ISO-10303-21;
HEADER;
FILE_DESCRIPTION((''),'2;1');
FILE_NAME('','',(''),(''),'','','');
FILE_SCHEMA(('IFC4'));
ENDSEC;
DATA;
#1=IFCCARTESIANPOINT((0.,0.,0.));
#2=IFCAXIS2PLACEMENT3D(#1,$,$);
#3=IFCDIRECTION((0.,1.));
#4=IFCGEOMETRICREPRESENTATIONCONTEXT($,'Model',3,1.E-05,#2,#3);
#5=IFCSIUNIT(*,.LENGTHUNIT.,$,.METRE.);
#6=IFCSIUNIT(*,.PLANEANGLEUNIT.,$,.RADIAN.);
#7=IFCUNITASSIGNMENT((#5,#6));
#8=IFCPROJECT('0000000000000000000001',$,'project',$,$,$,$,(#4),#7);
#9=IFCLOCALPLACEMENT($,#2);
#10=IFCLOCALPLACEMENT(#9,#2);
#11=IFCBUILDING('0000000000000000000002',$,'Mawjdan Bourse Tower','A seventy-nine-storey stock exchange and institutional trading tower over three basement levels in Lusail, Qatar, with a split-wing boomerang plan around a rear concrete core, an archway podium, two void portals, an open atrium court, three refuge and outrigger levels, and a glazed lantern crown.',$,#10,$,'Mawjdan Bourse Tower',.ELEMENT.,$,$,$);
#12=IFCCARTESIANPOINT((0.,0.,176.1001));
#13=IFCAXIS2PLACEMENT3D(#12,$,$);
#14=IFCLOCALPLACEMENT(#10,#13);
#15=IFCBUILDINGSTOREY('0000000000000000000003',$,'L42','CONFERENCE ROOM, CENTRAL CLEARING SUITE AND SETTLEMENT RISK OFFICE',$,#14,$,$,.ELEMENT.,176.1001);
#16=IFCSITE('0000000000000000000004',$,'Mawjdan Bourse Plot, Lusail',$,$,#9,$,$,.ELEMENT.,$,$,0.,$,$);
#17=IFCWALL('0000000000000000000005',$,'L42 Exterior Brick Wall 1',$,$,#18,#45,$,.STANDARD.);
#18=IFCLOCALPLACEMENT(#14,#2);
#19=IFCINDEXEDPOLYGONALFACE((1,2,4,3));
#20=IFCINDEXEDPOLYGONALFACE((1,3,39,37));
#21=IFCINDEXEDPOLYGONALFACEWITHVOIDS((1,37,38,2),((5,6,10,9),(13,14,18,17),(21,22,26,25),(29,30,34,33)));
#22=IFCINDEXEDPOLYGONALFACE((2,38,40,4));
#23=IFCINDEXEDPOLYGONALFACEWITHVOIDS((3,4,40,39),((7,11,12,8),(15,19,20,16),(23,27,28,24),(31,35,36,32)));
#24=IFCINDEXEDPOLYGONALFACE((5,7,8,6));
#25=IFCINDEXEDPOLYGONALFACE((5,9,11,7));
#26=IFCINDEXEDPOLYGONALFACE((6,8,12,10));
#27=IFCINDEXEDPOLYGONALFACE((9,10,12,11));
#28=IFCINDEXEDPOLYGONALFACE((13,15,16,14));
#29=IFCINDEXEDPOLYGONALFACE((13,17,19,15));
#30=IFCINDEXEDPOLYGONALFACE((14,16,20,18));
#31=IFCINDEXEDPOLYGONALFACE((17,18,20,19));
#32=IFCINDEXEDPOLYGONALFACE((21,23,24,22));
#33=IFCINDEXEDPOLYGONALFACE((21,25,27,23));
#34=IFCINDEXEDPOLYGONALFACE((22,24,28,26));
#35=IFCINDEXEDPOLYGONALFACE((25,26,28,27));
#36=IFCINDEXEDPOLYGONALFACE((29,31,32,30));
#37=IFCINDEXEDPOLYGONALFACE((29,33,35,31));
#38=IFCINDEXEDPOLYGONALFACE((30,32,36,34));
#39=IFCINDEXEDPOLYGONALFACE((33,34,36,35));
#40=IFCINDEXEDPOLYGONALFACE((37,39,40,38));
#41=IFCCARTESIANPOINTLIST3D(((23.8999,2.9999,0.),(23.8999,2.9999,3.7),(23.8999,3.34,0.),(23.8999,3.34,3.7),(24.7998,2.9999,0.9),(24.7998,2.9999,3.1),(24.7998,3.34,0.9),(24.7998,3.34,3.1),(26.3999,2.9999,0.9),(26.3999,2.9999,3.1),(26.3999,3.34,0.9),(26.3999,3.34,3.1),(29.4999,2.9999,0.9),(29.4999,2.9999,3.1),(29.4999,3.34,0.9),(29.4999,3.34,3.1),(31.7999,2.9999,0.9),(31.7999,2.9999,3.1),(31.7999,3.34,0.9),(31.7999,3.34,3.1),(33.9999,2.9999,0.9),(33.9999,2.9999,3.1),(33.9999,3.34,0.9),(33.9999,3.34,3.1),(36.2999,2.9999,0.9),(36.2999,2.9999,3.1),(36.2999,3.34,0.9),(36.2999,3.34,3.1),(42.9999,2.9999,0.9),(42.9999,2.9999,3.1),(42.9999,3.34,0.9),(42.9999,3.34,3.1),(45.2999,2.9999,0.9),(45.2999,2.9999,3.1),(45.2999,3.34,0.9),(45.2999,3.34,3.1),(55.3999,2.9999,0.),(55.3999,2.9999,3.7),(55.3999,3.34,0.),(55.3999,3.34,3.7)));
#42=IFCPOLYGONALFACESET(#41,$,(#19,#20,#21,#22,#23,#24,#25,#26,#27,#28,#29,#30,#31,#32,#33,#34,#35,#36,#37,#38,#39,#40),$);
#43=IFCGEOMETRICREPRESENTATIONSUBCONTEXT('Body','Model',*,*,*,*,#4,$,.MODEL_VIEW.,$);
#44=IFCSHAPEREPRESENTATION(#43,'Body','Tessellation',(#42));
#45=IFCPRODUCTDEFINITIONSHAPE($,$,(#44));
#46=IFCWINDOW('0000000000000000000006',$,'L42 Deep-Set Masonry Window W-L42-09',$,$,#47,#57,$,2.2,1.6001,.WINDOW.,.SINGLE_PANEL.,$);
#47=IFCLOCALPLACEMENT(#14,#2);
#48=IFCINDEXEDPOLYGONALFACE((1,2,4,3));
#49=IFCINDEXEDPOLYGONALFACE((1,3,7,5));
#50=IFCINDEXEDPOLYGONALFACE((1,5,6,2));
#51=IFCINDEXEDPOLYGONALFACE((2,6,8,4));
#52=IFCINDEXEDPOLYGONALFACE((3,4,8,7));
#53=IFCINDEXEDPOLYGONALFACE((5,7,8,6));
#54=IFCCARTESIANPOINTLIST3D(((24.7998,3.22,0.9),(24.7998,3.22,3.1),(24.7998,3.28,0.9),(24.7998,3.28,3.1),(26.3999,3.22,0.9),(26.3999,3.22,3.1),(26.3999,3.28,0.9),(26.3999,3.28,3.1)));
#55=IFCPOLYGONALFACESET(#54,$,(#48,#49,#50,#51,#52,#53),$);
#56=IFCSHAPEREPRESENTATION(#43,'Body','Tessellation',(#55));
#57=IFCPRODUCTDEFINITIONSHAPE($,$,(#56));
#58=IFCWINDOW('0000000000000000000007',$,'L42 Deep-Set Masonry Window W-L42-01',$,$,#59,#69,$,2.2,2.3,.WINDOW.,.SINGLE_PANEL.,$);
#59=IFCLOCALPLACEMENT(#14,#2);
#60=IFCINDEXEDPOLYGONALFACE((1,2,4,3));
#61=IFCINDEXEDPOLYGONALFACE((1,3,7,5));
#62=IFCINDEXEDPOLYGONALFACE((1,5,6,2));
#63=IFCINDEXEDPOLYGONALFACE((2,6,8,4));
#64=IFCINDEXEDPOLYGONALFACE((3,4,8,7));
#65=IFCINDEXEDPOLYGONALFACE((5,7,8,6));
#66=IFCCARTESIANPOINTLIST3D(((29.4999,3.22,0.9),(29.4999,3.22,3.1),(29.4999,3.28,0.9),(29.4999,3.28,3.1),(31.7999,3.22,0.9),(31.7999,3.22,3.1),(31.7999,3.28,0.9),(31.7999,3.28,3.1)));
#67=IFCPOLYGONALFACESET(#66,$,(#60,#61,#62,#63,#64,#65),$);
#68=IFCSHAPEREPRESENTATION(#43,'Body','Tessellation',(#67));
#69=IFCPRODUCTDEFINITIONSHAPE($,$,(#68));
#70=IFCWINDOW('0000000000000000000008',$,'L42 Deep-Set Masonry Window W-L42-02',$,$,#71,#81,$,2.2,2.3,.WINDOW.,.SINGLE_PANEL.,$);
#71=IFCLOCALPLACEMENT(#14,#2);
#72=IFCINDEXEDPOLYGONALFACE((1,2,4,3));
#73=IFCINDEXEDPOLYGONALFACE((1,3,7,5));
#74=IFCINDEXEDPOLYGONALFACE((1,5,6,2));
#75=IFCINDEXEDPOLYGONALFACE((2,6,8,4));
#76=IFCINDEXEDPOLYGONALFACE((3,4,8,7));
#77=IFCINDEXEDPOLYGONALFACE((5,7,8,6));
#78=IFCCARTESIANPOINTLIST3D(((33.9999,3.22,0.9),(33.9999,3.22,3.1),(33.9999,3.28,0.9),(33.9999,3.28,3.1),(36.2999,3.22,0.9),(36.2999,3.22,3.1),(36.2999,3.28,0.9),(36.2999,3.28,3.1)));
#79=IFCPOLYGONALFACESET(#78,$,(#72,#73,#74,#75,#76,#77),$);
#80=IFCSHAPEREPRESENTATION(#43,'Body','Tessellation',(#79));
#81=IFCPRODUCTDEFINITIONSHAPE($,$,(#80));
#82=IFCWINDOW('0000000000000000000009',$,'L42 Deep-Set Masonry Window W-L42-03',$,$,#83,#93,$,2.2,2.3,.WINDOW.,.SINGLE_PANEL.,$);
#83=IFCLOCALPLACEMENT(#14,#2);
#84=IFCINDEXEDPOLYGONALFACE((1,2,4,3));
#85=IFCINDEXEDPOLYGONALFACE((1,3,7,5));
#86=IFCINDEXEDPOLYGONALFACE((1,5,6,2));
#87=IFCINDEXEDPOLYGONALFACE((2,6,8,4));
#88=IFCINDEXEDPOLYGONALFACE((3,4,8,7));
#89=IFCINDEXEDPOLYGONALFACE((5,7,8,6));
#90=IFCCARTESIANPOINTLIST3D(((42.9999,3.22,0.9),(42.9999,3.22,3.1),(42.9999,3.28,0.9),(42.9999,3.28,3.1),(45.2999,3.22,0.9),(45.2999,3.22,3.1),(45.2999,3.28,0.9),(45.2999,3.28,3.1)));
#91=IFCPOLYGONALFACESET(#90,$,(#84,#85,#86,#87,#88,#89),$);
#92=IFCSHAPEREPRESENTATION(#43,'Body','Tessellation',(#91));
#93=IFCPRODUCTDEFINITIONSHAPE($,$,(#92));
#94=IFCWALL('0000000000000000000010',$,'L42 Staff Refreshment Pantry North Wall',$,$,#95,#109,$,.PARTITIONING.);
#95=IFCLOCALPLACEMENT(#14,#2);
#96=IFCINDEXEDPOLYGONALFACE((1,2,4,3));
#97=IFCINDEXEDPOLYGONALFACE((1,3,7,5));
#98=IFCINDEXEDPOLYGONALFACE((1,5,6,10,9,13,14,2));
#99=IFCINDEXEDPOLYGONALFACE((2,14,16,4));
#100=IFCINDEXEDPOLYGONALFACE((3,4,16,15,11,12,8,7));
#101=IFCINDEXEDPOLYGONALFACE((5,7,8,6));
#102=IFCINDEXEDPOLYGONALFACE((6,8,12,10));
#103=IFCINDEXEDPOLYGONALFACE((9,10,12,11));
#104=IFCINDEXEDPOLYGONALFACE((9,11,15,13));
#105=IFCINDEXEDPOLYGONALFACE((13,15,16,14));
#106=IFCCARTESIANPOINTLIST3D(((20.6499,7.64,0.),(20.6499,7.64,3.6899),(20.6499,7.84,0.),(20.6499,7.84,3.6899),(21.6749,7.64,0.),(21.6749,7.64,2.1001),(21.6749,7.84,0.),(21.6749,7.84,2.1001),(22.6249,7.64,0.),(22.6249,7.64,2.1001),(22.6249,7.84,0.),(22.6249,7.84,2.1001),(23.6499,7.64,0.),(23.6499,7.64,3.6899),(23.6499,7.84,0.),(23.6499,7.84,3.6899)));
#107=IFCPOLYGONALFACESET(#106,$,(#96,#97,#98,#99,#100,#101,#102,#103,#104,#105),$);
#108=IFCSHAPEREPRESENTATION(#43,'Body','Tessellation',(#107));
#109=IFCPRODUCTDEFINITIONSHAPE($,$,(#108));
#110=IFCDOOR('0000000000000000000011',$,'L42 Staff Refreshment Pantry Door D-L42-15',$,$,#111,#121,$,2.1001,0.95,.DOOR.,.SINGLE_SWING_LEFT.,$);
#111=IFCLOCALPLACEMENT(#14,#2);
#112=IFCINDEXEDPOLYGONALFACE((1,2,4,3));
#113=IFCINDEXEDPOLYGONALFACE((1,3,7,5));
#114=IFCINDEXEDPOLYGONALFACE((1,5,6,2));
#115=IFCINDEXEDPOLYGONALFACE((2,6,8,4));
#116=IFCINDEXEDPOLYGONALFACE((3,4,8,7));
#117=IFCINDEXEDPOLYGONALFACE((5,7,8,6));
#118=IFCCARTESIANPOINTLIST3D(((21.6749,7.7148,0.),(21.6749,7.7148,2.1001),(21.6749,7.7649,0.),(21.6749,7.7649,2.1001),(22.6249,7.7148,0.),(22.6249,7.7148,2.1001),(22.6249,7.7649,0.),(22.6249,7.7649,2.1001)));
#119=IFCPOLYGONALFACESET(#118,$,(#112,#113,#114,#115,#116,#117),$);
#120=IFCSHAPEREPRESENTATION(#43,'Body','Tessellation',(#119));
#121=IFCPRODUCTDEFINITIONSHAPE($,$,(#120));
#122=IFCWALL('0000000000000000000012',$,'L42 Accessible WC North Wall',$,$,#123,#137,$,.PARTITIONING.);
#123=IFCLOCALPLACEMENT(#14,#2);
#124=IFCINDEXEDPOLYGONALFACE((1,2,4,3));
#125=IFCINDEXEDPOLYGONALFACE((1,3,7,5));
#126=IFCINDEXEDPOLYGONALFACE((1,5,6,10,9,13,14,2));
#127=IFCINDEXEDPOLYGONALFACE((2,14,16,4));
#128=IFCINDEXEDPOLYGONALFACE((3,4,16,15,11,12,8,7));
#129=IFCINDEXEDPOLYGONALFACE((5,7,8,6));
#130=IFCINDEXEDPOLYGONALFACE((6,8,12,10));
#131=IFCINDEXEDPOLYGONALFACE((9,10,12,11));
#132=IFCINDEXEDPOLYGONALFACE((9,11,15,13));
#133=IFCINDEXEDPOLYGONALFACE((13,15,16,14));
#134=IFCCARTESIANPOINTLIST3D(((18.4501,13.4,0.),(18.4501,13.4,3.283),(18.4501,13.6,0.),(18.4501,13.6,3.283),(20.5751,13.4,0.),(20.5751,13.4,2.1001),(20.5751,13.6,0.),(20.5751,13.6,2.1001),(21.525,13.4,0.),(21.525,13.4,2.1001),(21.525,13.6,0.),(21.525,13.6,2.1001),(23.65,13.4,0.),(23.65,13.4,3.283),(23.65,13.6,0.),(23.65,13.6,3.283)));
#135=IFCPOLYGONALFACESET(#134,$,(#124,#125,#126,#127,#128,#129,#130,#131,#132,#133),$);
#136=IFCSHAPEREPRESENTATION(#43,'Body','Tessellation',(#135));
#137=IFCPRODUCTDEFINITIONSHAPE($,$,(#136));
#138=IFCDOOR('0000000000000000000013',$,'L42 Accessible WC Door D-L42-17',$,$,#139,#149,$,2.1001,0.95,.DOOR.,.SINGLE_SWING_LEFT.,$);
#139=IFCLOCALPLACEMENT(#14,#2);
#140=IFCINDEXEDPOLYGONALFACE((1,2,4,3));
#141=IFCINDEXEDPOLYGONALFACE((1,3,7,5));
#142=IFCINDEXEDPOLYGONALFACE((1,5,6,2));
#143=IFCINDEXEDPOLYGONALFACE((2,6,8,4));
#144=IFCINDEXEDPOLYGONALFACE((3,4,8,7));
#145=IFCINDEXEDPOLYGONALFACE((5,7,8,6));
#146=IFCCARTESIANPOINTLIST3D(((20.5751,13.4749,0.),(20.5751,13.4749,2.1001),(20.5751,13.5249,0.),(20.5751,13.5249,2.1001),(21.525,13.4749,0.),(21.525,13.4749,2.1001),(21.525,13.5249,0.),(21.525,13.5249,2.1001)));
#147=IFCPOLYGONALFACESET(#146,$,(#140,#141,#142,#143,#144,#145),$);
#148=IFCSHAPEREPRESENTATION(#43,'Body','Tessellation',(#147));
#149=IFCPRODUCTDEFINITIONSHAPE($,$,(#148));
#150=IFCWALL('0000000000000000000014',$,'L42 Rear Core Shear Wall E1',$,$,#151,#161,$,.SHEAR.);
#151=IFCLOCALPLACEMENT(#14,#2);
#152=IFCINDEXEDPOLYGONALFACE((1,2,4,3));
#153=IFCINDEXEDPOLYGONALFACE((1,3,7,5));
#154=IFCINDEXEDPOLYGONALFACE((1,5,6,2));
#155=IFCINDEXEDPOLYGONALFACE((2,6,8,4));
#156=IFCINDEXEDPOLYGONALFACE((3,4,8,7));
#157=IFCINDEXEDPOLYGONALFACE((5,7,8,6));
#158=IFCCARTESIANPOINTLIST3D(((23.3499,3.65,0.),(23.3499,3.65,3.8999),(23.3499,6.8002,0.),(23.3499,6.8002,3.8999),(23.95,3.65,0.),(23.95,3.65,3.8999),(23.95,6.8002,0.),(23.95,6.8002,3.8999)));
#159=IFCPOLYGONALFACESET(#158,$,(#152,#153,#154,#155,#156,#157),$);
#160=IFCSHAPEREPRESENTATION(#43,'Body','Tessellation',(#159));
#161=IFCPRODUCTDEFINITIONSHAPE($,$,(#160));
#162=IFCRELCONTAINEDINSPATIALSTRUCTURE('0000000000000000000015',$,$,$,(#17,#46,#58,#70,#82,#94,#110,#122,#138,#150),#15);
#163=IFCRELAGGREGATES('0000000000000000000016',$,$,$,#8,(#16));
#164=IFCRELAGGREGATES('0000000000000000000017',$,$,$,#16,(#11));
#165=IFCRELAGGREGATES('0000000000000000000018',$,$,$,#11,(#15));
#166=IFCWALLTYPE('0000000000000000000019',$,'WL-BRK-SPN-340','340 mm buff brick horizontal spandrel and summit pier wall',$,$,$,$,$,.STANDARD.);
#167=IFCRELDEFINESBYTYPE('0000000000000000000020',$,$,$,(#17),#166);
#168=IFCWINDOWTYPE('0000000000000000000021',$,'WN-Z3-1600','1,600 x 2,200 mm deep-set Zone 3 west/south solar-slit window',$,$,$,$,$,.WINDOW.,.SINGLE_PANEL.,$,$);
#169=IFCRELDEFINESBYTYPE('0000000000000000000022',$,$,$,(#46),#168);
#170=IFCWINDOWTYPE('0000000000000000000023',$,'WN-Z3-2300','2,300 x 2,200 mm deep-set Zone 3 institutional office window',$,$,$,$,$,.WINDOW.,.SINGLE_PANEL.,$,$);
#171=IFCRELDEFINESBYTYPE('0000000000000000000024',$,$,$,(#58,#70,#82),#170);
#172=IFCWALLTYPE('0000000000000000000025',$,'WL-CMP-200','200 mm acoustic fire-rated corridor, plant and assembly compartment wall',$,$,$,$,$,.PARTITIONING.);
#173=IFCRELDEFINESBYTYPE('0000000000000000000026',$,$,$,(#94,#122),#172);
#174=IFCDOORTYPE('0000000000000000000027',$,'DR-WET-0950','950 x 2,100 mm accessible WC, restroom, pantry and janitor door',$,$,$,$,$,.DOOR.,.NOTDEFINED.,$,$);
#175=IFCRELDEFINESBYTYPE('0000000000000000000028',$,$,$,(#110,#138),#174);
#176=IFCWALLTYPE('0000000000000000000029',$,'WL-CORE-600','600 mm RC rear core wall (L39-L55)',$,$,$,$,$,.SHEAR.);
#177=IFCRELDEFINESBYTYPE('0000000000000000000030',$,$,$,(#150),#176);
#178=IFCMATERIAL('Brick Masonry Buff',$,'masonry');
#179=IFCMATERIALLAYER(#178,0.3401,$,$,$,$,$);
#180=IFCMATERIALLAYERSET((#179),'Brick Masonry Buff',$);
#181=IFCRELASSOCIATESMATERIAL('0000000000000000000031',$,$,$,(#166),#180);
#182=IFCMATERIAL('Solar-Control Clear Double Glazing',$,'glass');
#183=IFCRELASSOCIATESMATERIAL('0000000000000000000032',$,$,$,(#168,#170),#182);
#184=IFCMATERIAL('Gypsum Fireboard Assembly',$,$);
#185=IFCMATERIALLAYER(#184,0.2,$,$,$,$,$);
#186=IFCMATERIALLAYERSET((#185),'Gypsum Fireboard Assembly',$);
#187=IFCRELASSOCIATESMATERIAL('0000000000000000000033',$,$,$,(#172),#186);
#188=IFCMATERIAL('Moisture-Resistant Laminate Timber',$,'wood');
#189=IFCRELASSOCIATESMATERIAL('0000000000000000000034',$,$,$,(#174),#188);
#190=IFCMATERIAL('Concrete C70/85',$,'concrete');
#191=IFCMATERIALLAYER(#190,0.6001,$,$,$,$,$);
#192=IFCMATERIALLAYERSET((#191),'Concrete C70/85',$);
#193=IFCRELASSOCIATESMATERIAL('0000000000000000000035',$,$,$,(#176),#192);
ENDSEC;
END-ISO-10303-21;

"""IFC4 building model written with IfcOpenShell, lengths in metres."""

from ifc_helpers import new_model, si_unit, direction, frame, frame_2d, origin, place, context, subcontext, project, spatial, rectangle, extrude, material, layer, layer_set, type_object, element, fill, save


model = new_model("IFC4")

# Units and contexts
model_context = context("Model", 3, precision=1e-05, world=origin(), true_north=direction((0.0, 1.0)))
body_context = subcontext(model_context, "Body", "Model", "MODEL_VIEW")
ifc_project = project(units=[si_unit("LENGTHUNIT", "METRE"), si_unit("PLANEANGLEUNIT", "RADIAN")], contexts=[model_context])

# Site, building, storey
site_placement = place(None, origin())
site = spatial("IfcSite", under=ifc_project, at=site_placement, Name="Mawjdan Bourse Plot, Lusail", CompositionType="ELEMENT", RefElevation=0.0)
building_placement = place(site_placement, origin())
building = spatial("IfcBuilding", under=site, at=building_placement, Name="Mawjdan Bourse Tower", Description="A seventy-nine-storey stock exchange and institutional trading tower over three basement levels in Lusail, Qatar, with a split-wing boomerang plan around a rear concrete core, an archway podium, two void portals, an open atrium court, three refuge and outrigger levels, and a glazed lantern crown.", LongName="Mawjdan Bourse Tower", CompositionType="ELEMENT")
storey_placement = place(building_placement, frame((0.0, 0.0, 176.1001)))
storey = spatial("IfcBuildingStorey", under=building, at=storey_placement, Name="L42", Description="CONFERENCE ROOM, CENTRAL CLEARING SUITE AND SETTLEMENT RISK OFFICE", CompositionType="ELEMENT", Elevation=176.1001)

# Shared definitions
ifc_material_1 = material(Name="Concrete C70/85", Category="concrete")

# Wall, openings, windows
ifc_material_2 = material(Name="Brick Masonry Buff", Category="masonry")
ifc_layer_1 = layer(ifc_material_2, 0.3401)
ifc_layer_set_1 = layer_set([ifc_layer_1], Name="Brick Masonry Buff")
wall_type_1 = type_object("IfcWallType", Name="WL-BRK-SPN-340", Description="340 mm buff brick horizontal spandrel and summit pier wall", PredefinedType="STANDARD", material=ifc_layer_set_1)
wall_1_placement = place(storey_placement, frame((23.8999, 3.1699, 0.0), z_axis=(0.0, 0.0, 1.0), x_axis=(1.0, 0.0, 0.0)))
wall_1 = element("IfcWall", 1, at=wall_1_placement, inside=storey, type_object=wall_type_1, Name="L42 Exterior Brick Wall 1", PredefinedType="STANDARD", context=body_context, shape_type="SweptSolid", body=[
    extrude(rectangle(XDim=31.5, YDim=0.3401, at=frame_2d((15.75, 0.0))), origin(), (0.0, 0.0, 1.0), 3.7),
])
opening_1_placement = place(wall_1_placement, frame((5.6001, 0.0, 0.8999)))
opening_1 = element("IfcOpeningElement", 2, at=opening_1_placement, cuts=wall_1, PredefinedType="OPENING", context=body_context, shape_type="SweptSolid", body=[
    extrude(rectangle(XDim=2.3, YDim=2.2, at=frame_2d((1.1499, 1.1001))), frame((0.0, 0.1802, 0.0), z_axis=(0.0, -1.0, 0.0), x_axis=(1.0, 0.0, 0.0)), (0.0, 0.0, 1.0), 0.3601),
])
opening_2_placement = place(wall_1_placement, frame((10.1001, 0.0, 0.8999)))
opening_2 = element("IfcOpeningElement", 3, at=opening_2_placement, cuts=wall_1, PredefinedType="OPENING", context=body_context, shape_type="SweptSolid", body=[
    extrude(rectangle(XDim=2.3, YDim=2.2, at=frame_2d((1.1499, 1.1001))), frame((0.0, 0.1802, 0.0), z_axis=(0.0, -1.0, 0.0), x_axis=(1.0, 0.0, 0.0)), (0.0, 0.0, 1.0), 0.3601),
])
opening_3_placement = place(wall_1_placement, frame((19.1001, 0.0, 0.8999)))
opening_3 = element("IfcOpeningElement", 4, at=opening_3_placement, cuts=wall_1, PredefinedType="OPENING", context=body_context, shape_type="SweptSolid", body=[
    extrude(rectangle(XDim=2.3, YDim=2.2, at=frame_2d((1.1499, 1.1001))), frame((0.0, 0.1802, 0.0), z_axis=(0.0, -1.0, 0.0), x_axis=(1.0, 0.0, 0.0)), (0.0, 0.0, 1.0), 0.3601),
])
opening_4_placement = place(wall_1_placement, frame((0.8999, 0.0, 0.8999)))
opening_4 = element("IfcOpeningElement", 5, at=opening_4_placement, cuts=wall_1, PredefinedType="OPENING", context=body_context, shape_type="SweptSolid", body=[
    extrude(rectangle(XDim=1.6001, YDim=2.2, at=frame_2d((0.8, 1.1001))), frame((0.0, 0.1802, 0.0), z_axis=(0.0, -1.0, 0.0), x_axis=(1.0, 0.0, 0.0)), (0.0, 0.0, 1.0), 0.3601),
])
ifc_material_3 = material(Name="Solar-Control Clear Double Glazing", Category="glass")
window_type_1 = type_object("IfcWindowType", Name="WN-Z3-1600", Description="1,600 x 2,200 mm deep-set Zone 3 west/south solar-slit window", PartitioningType="SINGLE_PANEL", PredefinedType="WINDOW", material=ifc_material_3)
window_1_placement = place(opening_4_placement, origin())
window_1 = element("IfcWindow", 6, at=window_1_placement, inside=storey, type_object=window_type_1, Name="L42 Deep-Set Masonry Window W-L42-09", OverallHeight=2.2, OverallWidth=1.6001, PartitioningType="SINGLE_PANEL", PredefinedType="WINDOW", context=body_context, shape_type="SweptSolid", body=[
    extrude(rectangle(XDim=1.6001, YDim=2.2, at=frame_2d((0.8, 1.1001))), frame((0.0, 0.1101, 0.0), z_axis=(0.0, -1.0, 0.0), x_axis=(1.0, 0.0, 0.0)), (0.0, 0.0, 1.0), 0.0601),
])
fill(opening_4, window_1)
window_type_2 = type_object("IfcWindowType", Name="WN-Z3-2300", Description="2,300 x 2,200 mm deep-set Zone 3 institutional office window", PartitioningType="SINGLE_PANEL", PredefinedType="WINDOW", material=ifc_material_3)
window_2_placement = place(opening_1_placement, origin())
window_2 = element("IfcWindow", 7, at=window_2_placement, inside=storey, type_object=window_type_2, Name="L42 Deep-Set Masonry Window W-L42-01", OverallHeight=2.2, OverallWidth=2.3, PartitioningType="SINGLE_PANEL", PredefinedType="WINDOW", context=body_context, shape_type="SweptSolid", body=[
    extrude(rectangle(XDim=2.3, YDim=2.2, at=frame_2d((1.1499, 1.1001))), frame((0.0, 0.1101, 0.0), z_axis=(0.0, -1.0, 0.0), x_axis=(1.0, 0.0, 0.0)), (0.0, 0.0, 1.0), 0.0601),
])
fill(opening_1, window_2)
window_3_placement = place(opening_2_placement, origin())
window_3 = element("IfcWindow", 8, at=window_3_placement, inside=storey, type_object=window_type_2, Name="L42 Deep-Set Masonry Window W-L42-02", OverallHeight=2.2, OverallWidth=2.3, PartitioningType="SINGLE_PANEL", PredefinedType="WINDOW", context=body_context, shape_type="SweptSolid", body=[
    extrude(rectangle(XDim=2.3, YDim=2.2, at=frame_2d((1.1499, 1.1001))), frame((0.0, 0.1101, 0.0), z_axis=(0.0, -1.0, 0.0), x_axis=(1.0, 0.0, 0.0)), (0.0, 0.0, 1.0), 0.0601),
])
fill(opening_2, window_3)
window_4_placement = place(opening_3_placement, origin())
window_4 = element("IfcWindow", 9, at=window_4_placement, inside=storey, type_object=window_type_2, Name="L42 Deep-Set Masonry Window W-L42-03", OverallHeight=2.2, OverallWidth=2.3, PartitioningType="SINGLE_PANEL", PredefinedType="WINDOW", context=body_context, shape_type="SweptSolid", body=[
    extrude(rectangle(XDim=2.3, YDim=2.2, at=frame_2d((1.1499, 1.1001))), frame((0.0, 0.1101, 0.0), z_axis=(0.0, -1.0, 0.0), x_axis=(1.0, 0.0, 0.0)), (0.0, 0.0, 1.0), 0.0601),
])
fill(opening_3, window_4)

# Walls, openings, doors
ifc_material_4 = material(Name="Gypsum Fireboard Assembly")
ifc_layer_2 = layer(ifc_material_4, 0.2)
ifc_layer_set_2 = layer_set([ifc_layer_2], Name="Gypsum Fireboard Assembly")
wall_type_2 = type_object("IfcWallType", Name="WL-CMP-200", Description="200 mm acoustic fire-rated corridor, plant and assembly compartment wall", PredefinedType="PARTITIONING", material=ifc_layer_set_2)
wall_2_placement = place(storey_placement, frame((20.6499, 7.74, 0.0), z_axis=(0.0, 0.0, 1.0), x_axis=(1.0, 0.0, 0.0)))
wall_2 = element("IfcWall", 10, at=wall_2_placement, inside=storey, type_object=wall_type_2, Name="L42 Staff Refreshment Pantry North Wall", PredefinedType="PARTITIONING", context=body_context, shape_type="SweptSolid", body=[
    extrude(rectangle(XDim=3.0, YDim=0.2, at=frame_2d((1.5, 0.0))), origin(), (0.0, 0.0, 1.0), 3.6899),
])
opening_5_placement = place(wall_2_placement, frame((1.0249, 0.0, 0.0)))
opening_5 = element("IfcOpeningElement", 11, at=opening_5_placement, cuts=wall_2, PredefinedType="OPENING", context=body_context, shape_type="SweptSolid", body=[
    extrude(rectangle(XDim=0.95, YDim=2.1001, at=frame_2d((0.4751, 1.05))), frame((0.0, 0.1099, 0.0), z_axis=(0.0, -1.0, 0.0), x_axis=(1.0, 0.0, 0.0)), (0.0, 0.0, 1.0), 0.22),
])
ifc_material_5 = material(Name="Moisture-Resistant Laminate Timber", Category="wood")
door_type_1 = type_object("IfcDoorType", Name="DR-WET-0950", Description="950 x 2,100 mm accessible WC, restroom, pantry and janitor door", OperationType="NOTDEFINED", PredefinedType="DOOR", material=ifc_material_5)
door_1_placement = place(opening_5_placement, origin())
door_1 = element("IfcDoor", 12, at=door_1_placement, inside=storey, type_object=door_type_1, Name="L42 Staff Refreshment Pantry Door D-L42-15", OperationType="SINGLE_SWING_LEFT", OverallHeight=2.1001, OverallWidth=0.95, PredefinedType="DOOR", context=body_context, shape_type="SweptSolid", body=[
    extrude(rectangle(XDim=0.95, YDim=2.1001, at=frame_2d((0.4751, 1.05))), frame((0.0, 0.0249, 0.0), z_axis=(0.0, -1.0, 0.0), x_axis=(1.0, 0.0, 0.0)), (0.0, 0.0, 1.0), 0.05),
])
fill(opening_5, door_1)
wall_3_placement = place(storey_placement, frame((18.45, 13.5, 0.0), z_axis=(0.0, 0.0, 1.0), x_axis=(1.0, 0.0, 0.0)))
wall_3 = element("IfcWall", 13, at=wall_3_placement, inside=storey, type_object=wall_type_2, Name="L42 Accessible WC North Wall", PredefinedType="PARTITIONING", context=body_context, shape_type="SweptSolid", body=[
    extrude(rectangle(XDim=5.2, YDim=0.2, at=frame_2d((2.6001, 0.0))), origin(), (0.0, 0.0, 1.0), 3.283),
])
opening_6_placement = place(wall_3_placement, frame((2.125, 0.0, 0.0)))
opening_6 = element("IfcOpeningElement", 14, at=opening_6_placement, cuts=wall_3, PredefinedType="OPENING", context=body_context, shape_type="SweptSolid", body=[
    extrude(rectangle(XDim=0.95, YDim=2.1001, at=frame_2d((0.4751, 1.05))), frame((0.0, 0.1099, 0.0), z_axis=(0.0, -1.0, 0.0), x_axis=(1.0, 0.0, 0.0)), (0.0, 0.0, 1.0), 0.22),
])
door_2_placement = place(opening_6_placement, origin())
door_2 = element("IfcDoor", 15, at=door_2_placement, inside=storey, type_object=door_type_1, Name="L42 Accessible WC Door D-L42-17", OperationType="SINGLE_SWING_LEFT", OverallHeight=2.1001, OverallWidth=0.95, PredefinedType="DOOR", context=body_context, shape_type="SweptSolid", body=[
    extrude(rectangle(XDim=0.95, YDim=2.1001, at=frame_2d((0.4751, 1.05))), frame((0.0, 0.0249, 0.0), z_axis=(0.0, -1.0, 0.0), x_axis=(1.0, 0.0, 0.0)), (0.0, 0.0, 1.0), 0.05),
])
fill(opening_6, door_2)

# Wall
ifc_layer_3 = layer(ifc_material_1, 0.6001)
ifc_layer_set_3 = layer_set([ifc_layer_3], Name="Concrete C70/85")
wall_type_3 = type_object("IfcWallType", Name="WL-CORE-600", Description="600 mm RC rear core wall (L39-L55)", PredefinedType="SHEAR", material=ifc_layer_set_3)
wall_4_placement = place(storey_placement, frame((23.6499, 3.6499, 0.0), z_axis=(0.0, 0.0, 1.0), x_axis=(0.0, 1.0, 0.0)))
element("IfcWall", 16, at=wall_4_placement, inside=storey, type_object=wall_type_3, Name="L42 Rear Core Shear Wall E1", PredefinedType="SHEAR", context=body_context, shape_type="SweptSolid", body=[
    extrude(rectangle(XDim=3.1501, YDim=0.6001, at=frame_2d((1.5752, 0.0))), origin(), (0.0, 0.0, 1.0), 3.8999),
])

save(model, "model.ifc")
